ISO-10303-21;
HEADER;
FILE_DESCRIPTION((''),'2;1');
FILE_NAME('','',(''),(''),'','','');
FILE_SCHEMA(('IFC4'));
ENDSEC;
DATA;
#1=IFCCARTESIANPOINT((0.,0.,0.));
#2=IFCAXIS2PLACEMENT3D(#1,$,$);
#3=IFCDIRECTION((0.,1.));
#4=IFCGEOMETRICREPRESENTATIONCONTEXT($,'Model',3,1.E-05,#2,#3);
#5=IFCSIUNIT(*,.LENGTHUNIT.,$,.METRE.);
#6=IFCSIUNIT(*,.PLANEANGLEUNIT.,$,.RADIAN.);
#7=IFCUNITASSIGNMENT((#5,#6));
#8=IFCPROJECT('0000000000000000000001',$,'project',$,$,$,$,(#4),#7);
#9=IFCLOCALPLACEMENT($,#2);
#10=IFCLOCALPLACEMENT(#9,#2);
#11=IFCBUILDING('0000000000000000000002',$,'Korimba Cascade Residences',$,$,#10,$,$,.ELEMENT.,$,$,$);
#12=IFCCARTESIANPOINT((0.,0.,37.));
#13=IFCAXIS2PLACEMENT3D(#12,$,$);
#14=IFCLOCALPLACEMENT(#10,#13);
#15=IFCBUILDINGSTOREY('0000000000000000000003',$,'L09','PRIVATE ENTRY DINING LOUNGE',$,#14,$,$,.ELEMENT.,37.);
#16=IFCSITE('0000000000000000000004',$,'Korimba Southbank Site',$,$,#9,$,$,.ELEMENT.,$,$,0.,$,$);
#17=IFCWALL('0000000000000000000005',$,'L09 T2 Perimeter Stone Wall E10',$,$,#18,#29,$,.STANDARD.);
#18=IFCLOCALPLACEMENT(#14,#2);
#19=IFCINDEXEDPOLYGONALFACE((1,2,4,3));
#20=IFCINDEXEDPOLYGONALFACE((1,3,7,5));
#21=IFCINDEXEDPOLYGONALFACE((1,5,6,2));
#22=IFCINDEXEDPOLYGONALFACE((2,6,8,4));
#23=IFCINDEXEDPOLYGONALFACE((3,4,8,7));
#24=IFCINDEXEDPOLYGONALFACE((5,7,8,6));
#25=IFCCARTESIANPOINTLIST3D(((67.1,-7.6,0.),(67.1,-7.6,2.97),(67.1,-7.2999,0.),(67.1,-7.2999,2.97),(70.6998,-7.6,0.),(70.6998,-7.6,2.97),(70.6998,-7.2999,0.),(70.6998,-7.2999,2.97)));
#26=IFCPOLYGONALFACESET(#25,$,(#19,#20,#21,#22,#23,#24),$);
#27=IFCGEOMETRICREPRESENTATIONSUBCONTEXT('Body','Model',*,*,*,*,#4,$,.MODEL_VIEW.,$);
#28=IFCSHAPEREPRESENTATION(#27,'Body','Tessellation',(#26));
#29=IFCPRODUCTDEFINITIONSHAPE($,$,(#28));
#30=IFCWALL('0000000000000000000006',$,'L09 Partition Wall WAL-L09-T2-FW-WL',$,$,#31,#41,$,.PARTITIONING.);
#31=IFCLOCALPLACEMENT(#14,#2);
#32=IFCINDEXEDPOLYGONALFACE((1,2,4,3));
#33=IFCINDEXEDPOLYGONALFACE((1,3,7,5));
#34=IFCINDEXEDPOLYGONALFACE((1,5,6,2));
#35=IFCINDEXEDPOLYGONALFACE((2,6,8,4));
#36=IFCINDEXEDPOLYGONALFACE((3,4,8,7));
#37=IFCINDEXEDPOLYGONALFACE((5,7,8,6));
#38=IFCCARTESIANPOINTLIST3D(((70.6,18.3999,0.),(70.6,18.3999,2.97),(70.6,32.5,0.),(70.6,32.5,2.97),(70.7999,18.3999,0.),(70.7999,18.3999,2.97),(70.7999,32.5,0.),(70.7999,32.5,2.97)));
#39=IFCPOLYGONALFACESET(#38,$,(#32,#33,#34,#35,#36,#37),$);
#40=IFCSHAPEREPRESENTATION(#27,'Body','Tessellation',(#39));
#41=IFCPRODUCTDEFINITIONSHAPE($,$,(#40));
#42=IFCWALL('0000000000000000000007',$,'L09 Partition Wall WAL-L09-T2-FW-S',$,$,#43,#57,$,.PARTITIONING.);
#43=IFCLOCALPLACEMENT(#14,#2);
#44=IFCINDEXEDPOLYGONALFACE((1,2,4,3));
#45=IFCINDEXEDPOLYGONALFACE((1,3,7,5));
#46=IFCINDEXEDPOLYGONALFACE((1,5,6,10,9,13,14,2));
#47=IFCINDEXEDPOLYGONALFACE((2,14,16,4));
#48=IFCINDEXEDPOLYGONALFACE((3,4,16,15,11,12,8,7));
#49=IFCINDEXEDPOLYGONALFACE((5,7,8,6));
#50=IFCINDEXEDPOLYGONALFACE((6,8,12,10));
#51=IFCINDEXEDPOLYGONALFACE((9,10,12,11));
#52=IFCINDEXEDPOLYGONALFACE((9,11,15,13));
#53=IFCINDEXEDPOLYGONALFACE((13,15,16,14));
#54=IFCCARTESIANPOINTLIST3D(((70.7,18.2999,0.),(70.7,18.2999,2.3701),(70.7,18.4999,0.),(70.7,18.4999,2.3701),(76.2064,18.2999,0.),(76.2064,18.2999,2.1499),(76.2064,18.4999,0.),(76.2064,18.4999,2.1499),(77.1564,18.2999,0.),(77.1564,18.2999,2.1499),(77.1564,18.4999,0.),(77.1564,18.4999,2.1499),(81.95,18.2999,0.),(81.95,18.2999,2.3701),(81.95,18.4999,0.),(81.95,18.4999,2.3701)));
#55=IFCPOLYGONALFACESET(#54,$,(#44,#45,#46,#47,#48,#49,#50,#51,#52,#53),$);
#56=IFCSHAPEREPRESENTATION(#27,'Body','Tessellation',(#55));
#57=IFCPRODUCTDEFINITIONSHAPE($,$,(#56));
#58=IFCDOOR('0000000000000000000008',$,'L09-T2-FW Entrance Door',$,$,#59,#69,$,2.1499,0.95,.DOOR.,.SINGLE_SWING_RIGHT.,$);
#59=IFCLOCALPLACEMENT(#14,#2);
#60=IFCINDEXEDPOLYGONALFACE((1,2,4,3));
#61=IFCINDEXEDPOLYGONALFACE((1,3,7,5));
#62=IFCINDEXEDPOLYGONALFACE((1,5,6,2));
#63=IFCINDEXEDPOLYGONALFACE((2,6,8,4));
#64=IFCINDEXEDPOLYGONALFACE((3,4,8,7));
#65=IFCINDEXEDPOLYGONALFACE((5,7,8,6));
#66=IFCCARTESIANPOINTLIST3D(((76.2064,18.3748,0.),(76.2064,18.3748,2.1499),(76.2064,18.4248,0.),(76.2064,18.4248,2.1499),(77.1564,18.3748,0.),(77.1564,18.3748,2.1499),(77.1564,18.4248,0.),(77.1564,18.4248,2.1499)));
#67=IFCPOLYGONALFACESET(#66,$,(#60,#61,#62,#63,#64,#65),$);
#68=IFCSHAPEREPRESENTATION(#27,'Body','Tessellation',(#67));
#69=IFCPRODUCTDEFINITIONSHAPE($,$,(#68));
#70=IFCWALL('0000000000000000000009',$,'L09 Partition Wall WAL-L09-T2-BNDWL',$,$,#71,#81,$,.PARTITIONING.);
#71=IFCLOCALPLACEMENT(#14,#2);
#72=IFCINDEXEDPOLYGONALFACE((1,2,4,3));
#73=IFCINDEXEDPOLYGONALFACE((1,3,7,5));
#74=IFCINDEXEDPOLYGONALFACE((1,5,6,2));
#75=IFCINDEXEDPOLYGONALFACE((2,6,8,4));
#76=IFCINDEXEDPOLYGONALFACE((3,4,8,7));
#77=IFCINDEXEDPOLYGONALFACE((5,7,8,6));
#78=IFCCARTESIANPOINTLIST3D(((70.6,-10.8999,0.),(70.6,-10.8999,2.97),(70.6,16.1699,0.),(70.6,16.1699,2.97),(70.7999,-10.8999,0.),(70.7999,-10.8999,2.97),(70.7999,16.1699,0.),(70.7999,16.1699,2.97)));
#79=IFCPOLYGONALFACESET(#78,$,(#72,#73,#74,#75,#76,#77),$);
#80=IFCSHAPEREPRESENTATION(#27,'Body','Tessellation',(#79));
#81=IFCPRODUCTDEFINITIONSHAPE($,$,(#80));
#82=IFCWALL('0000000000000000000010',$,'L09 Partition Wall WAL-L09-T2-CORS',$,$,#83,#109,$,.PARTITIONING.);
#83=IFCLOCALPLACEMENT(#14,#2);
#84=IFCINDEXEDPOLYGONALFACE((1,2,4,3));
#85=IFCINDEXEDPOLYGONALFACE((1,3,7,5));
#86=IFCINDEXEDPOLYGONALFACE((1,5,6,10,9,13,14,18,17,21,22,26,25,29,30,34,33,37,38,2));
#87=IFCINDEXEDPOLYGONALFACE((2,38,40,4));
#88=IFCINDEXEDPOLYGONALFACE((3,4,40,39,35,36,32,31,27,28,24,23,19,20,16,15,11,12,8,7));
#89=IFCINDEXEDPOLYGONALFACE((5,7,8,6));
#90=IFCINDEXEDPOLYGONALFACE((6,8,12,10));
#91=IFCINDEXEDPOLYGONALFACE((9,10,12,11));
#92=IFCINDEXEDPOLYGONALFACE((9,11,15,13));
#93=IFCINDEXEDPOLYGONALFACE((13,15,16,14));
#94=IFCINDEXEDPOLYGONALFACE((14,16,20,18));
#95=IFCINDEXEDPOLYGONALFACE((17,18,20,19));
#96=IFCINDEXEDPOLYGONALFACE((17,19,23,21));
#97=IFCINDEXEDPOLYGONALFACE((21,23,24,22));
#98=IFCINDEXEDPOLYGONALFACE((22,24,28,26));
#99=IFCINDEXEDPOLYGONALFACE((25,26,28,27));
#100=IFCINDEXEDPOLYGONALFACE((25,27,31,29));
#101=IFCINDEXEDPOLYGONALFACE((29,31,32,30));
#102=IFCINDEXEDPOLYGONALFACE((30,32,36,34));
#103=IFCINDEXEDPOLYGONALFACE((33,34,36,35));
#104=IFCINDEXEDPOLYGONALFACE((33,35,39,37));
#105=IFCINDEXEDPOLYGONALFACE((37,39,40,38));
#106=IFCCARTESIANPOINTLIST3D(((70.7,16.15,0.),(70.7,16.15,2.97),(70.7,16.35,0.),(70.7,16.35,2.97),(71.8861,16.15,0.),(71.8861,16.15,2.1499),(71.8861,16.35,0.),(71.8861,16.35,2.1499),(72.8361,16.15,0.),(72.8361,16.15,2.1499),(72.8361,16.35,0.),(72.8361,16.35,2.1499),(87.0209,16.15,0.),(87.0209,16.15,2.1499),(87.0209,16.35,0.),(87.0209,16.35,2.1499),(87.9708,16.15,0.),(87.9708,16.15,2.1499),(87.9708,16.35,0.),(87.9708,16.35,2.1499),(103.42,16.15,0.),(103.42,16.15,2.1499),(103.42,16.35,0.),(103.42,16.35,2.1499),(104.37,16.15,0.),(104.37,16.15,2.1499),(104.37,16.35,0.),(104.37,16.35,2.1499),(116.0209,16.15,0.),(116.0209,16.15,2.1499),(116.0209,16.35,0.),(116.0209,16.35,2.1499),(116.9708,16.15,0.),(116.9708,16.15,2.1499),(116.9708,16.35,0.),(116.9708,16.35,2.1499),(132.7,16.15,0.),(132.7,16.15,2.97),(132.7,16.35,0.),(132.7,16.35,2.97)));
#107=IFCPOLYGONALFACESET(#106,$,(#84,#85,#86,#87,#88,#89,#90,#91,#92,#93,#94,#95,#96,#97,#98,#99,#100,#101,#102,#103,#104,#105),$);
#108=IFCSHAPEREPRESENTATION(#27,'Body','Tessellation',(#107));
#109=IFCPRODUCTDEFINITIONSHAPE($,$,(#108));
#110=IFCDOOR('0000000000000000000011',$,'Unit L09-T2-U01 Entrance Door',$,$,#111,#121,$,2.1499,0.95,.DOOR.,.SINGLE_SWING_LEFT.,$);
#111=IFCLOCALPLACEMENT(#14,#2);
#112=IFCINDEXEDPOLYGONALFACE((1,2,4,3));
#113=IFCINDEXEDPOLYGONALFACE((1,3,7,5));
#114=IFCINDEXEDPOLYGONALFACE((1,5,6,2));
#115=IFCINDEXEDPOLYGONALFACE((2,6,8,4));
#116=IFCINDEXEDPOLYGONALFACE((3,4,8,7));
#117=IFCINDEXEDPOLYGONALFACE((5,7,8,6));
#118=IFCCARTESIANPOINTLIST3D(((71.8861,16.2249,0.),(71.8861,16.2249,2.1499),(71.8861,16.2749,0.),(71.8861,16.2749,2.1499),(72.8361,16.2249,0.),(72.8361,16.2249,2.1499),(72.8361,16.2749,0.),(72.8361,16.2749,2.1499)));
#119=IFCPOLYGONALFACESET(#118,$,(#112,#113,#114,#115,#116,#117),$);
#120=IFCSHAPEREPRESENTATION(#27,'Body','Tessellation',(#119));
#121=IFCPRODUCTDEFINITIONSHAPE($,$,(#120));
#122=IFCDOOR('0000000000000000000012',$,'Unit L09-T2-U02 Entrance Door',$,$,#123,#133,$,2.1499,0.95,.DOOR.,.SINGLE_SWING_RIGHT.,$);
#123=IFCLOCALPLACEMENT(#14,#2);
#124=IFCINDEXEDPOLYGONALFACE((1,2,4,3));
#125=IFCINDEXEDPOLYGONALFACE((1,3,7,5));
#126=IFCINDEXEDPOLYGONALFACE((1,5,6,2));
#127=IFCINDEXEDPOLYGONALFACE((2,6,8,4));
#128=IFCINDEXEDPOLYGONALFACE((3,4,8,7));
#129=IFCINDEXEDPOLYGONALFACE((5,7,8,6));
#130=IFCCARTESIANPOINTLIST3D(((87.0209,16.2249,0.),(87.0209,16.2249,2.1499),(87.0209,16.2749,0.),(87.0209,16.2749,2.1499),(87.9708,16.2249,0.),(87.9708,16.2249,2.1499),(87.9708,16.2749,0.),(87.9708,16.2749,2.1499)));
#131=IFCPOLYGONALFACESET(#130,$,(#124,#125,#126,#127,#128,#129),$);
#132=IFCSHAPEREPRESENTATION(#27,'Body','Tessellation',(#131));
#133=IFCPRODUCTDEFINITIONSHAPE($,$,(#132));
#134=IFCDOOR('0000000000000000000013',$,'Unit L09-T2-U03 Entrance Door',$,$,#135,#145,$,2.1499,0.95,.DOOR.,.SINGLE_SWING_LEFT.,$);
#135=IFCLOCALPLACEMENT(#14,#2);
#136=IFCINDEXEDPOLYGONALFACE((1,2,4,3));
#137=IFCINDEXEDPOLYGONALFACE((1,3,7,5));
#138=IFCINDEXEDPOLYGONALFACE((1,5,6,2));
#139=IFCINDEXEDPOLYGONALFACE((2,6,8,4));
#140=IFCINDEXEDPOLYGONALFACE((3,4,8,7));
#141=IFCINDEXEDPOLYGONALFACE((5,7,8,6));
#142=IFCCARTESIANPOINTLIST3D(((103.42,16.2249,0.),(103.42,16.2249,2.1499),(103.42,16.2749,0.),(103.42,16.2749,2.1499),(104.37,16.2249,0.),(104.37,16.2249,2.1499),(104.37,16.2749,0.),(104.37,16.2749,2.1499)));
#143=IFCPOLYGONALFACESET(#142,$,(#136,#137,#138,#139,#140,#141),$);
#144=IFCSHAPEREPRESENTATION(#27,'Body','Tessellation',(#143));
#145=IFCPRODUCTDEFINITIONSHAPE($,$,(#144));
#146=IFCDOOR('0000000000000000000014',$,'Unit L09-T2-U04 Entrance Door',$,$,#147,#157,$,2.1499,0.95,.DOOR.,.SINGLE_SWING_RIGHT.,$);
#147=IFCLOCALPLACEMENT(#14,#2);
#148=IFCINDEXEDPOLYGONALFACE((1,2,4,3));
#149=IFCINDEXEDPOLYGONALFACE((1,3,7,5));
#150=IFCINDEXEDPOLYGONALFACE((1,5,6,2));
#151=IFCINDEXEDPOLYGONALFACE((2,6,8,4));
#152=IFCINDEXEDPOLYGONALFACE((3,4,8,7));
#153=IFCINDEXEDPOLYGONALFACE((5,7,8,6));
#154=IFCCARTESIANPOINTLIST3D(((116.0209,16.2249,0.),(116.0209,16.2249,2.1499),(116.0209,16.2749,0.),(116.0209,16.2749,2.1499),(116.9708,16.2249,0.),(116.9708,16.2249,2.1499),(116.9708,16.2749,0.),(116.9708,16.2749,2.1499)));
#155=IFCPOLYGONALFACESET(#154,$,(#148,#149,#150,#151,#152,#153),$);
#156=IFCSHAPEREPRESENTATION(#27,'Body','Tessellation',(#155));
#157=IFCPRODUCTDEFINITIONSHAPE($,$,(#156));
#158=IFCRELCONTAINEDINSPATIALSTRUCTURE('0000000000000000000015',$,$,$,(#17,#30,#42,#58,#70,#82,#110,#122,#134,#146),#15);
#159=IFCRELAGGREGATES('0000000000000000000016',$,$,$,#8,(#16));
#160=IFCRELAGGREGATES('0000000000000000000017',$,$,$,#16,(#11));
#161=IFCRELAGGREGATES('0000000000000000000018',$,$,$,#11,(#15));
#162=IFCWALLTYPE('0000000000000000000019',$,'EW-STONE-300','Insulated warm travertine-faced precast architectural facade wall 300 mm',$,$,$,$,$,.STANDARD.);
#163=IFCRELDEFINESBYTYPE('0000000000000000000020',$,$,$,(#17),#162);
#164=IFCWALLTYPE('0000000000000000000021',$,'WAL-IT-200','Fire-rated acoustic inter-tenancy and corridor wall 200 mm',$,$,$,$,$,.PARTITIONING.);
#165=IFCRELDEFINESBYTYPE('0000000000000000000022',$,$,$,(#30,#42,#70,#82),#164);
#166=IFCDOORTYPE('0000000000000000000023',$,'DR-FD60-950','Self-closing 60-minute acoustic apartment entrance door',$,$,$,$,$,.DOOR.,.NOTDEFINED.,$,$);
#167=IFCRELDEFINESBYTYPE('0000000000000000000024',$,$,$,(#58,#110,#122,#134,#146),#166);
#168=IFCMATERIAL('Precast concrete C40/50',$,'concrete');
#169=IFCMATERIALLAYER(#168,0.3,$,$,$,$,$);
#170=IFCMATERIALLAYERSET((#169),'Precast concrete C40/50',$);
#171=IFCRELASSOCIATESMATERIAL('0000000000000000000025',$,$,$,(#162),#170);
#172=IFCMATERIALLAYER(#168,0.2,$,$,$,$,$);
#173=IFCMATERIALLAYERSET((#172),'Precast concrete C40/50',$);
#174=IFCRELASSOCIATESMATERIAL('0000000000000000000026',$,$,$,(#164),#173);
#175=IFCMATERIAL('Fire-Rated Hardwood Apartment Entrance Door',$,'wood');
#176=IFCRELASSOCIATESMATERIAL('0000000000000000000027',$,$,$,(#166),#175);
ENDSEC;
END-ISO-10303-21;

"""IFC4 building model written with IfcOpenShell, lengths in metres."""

from ifc_helpers import new_model, si_unit, direction, frame, frame_2d, origin, place, context, subcontext, project, spatial, rectangle, extrude, material, layer, layer_set, type_object, element, fill, save


model = new_model("IFC4")

# Units and contexts
model_context = context("Model", 3, precision=1e-05, world=origin(), true_north=direction((0.0, 1.0)))
body_context = subcontext(model_context, "Body", "Model", "MODEL_VIEW")
ifc_project = project(units=[si_unit("LENGTHUNIT", "METRE"), si_unit("PLANEANGLEUNIT", "RADIAN")], contexts=[model_context])

# Site, building, storey
site_placement = place(None, origin())
site = spatial("IfcSite", under=ifc_project, at=site_placement, Name="Korimba Southbank Site", CompositionType="ELEMENT", RefElevation=0.0)
building_placement = place(site_placement, origin())
building = spatial("IfcBuilding", under=site, at=building_placement, Name="Korimba Cascade Residences", CompositionType="ELEMENT")
storey_placement = place(building_placement, frame((0.0, 0.0, 37.0)))
storey = spatial("IfcBuildingStorey", under=building, at=storey_placement, Name="L09", Description="PRIVATE ENTRY DINING LOUNGE", CompositionType="ELEMENT", Elevation=37.0)

# Shared definitions
ifc_material_1 = material(Name="Precast concrete C40/50", Category="concrete")

# Walls
ifc_layer_1 = layer(ifc_material_1, 0.3)
ifc_layer_set_1 = layer_set([ifc_layer_1], Name="Precast concrete C40/50")
wall_type_1 = type_object("IfcWallType", Name="EW-STONE-300", Description="Insulated warm travertine-faced precast architectural facade wall 300 mm", PredefinedType="STANDARD", material=ifc_layer_set_1)
wall_1_placement = place(storey_placement, frame((67.1001, -7.45, 0.0), z_axis=(0.0, 0.0, 1.0), x_axis=(1.0, 0.0, 0.0)))
element("IfcWall", 1, at=wall_1_placement, inside=storey, type_object=wall_type_1, Name="L09 T2 Perimeter Stone Wall E10", PredefinedType="STANDARD", context=body_context, shape_type="SweptSolid", body=[
    extrude(rectangle(XDim=3.5999, YDim=0.3, at=frame_2d((1.7998, 0.0))), origin(), (0.0, 0.0, 1.0), 2.97),
])
ifc_layer_2 = layer(ifc_material_1, 0.2)
ifc_layer_set_2 = layer_set([ifc_layer_2], Name="Precast concrete C40/50")
wall_type_2 = type_object("IfcWallType", Name="WAL-IT-200", Description="Fire-rated acoustic inter-tenancy and corridor wall 200 mm", PredefinedType="PARTITIONING", material=ifc_layer_set_2)
wall_2_placement = place(storey_placement, frame((70.7, 18.3999, 0.0), z_axis=(0.0, 0.0, 1.0), x_axis=(0.0, 1.0, 0.0)))
element("IfcWall", 2, at=wall_2_placement, inside=storey, type_object=wall_type_2, Name="L09 Partition Wall WAL-L09-T2-FW-WL", PredefinedType="PARTITIONING", context=body_context, shape_type="SweptSolid", body=[
    extrude(rectangle(XDim=14.1001, YDim=0.2, at=frame_2d((7.05, 0.0))), origin(), (0.0, 0.0, 1.0), 2.97),
])

# Wall, opening, door
wall_3_placement = place(storey_placement, frame((70.7, 18.3999, 0.0), z_axis=(0.0, 0.0, 1.0), x_axis=(1.0, 0.0, 0.0)))
wall_3 = element("IfcWall", 3, at=wall_3_placement, inside=storey, type_object=wall_type_2, Name="L09 Partition Wall WAL-L09-T2-FW-S", PredefinedType="PARTITIONING", context=body_context, shape_type="SweptSolid", body=[
    extrude(rectangle(XDim=11.25, YDim=0.2, at=frame_2d((5.625, 0.0))), origin(), (0.0, 0.0, 1.0), 2.3701),
])
opening_1_placement = place(wall_3_placement, frame((5.5063, 0.0, 0.0)))
opening_1 = element("IfcOpeningElement", 4, at=opening_1_placement, cuts=wall_3, PredefinedType="OPENING", context=body_context, shape_type="SweptSolid", body=[
    extrude(rectangle(XDim=0.95, YDim=2.1499, at=frame_2d((0.4751, 1.075))), frame((0.0, 0.1099, 0.0), z_axis=(0.0, -1.0, 0.0), x_axis=(1.0, 0.0, 0.0)), (0.0, 0.0, 1.0), 0.22),
])
ifc_material_2 = material(Name="Fire-Rated Hardwood Apartment Entrance Door", Category="wood")
door_type_1 = type_object("IfcDoorType", Name="DR-FD60-950", Description="Self-closing 60-minute acoustic apartment entrance door", OperationType="NOTDEFINED", PredefinedType="DOOR", material=ifc_material_2)
door_1_placement = place(opening_1_placement, origin())
door_1 = element("IfcDoor", 5, at=door_1_placement, inside=storey, type_object=door_type_1, Name="L09-T2-FW Entrance Door", OperationType="SINGLE_SWING_RIGHT", OverallHeight=2.1499, OverallWidth=0.95, PredefinedType="DOOR", context=body_context, shape_type="SweptSolid", body=[
    extrude(rectangle(XDim=0.95, YDim=2.1499, at=frame_2d((0.4751, 1.075))), frame((0.0, 0.0249, 0.0), z_axis=(0.0, -1.0, 0.0), x_axis=(1.0, 0.0, 0.0)), (0.0, 0.0, 1.0), 0.05),
])
fill(opening_1, door_1)

# Wall
wall_4_placement = place(storey_placement, frame((70.7, -10.8999, 0.0), z_axis=(0.0, 0.0, 1.0), x_axis=(0.0, 1.0, 0.0)))
element("IfcWall", 6, at=wall_4_placement, inside=storey, type_object=wall_type_2, Name="L09 Partition Wall WAL-L09-T2-BNDWL", PredefinedType="PARTITIONING", context=body_context, shape_type="SweptSolid", body=[
    extrude(rectangle(XDim=27.0698, YDim=0.2, at=frame_2d((13.5349, 0.0))), origin(), (0.0, 0.0, 1.0), 2.97),
])

# Wall, openings, doors
wall_5_placement = place(storey_placement, frame((70.7, 16.25, 0.0), z_axis=(0.0, 0.0, 1.0), x_axis=(1.0, 0.0, 0.0)))
wall_5 = element("IfcWall", 7, at=wall_5_placement, inside=storey, type_object=wall_type_2, Name="L09 Partition Wall WAL-L09-T2-CORS", PredefinedType="PARTITIONING", context=body_context, shape_type="SweptSolid", body=[
    extrude(rectangle(XDim=62.0, YDim=0.2, at=frame_2d((31.0, 0.0))), origin(), (0.0, 0.0, 1.0), 2.97),
])
opening_2_placement = place(wall_5_placement, frame((1.186, 0.0, 0.0)))
opening_2 = element("IfcOpeningElement", 8, at=opening_2_placement, cuts=wall_5, PredefinedType="OPENING", context=body_context, shape_type="SweptSolid", body=[
    extrude(rectangle(XDim=0.95, YDim=2.1499, at=frame_2d((0.4751, 1.075))), frame((0.0, 0.1099, 0.0), z_axis=(0.0, -1.0, 0.0), x_axis=(1.0, 0.0, 0.0)), (0.0, 0.0, 1.0), 0.22),
])
opening_3_placement = place(wall_5_placement, frame((16.3208, 0.0, 0.0)))
opening_3 = element("IfcOpeningElement", 9, at=opening_3_placement, cuts=wall_5, PredefinedType="OPENING", context=body_context, shape_type="SweptSolid", body=[
    extrude(rectangle(XDim=0.95, YDim=2.1499, at=frame_2d((0.4751, 1.075))), frame((0.0, 0.1099, 0.0), z_axis=(0.0, -1.0, 0.0), x_axis=(1.0, 0.0, 0.0)), (0.0, 0.0, 1.0), 0.22),
])
opening_4_placement = place(wall_5_placement, frame((32.72, 0.0, 0.0)))
opening_4 = element("IfcOpeningElement", 10, at=opening_4_placement, cuts=wall_5, PredefinedType="OPENING", context=body_context, shape_type="SweptSolid", body=[
    extrude(rectangle(XDim=0.95, YDim=2.1499, at=frame_2d((0.4751, 1.075))), frame((0.0, 0.1099, 0.0), z_axis=(0.0, -1.0, 0.0), x_axis=(1.0, 0.0, 0.0)), (0.0, 0.0, 1.0), 0.22),
])
opening_5_placement = place(wall_5_placement, frame((45.3208, 0.0, 0.0)))
opening_5 = element("IfcOpeningElement", 11, at=opening_5_placement, cuts=wall_5, PredefinedType="OPENING", context=body_context, shape_type="SweptSolid", body=[
    extrude(rectangle(XDim=0.95, YDim=2.1499, at=frame_2d((0.4751, 1.075))), frame((0.0, 0.1099, 0.0), z_axis=(0.0, -1.0, 0.0), x_axis=(1.0, 0.0, 0.0)), (0.0, 0.0, 1.0), 0.22),
])
door_2_placement = place(opening_2_placement, origin())
door_2 = element("IfcDoor", 12, at=door_2_placement, inside=storey, type_object=door_type_1, Name="Unit L09-T2-U01 Entrance Door", OperationType="SINGLE_SWING_LEFT", OverallHeight=2.1499, OverallWidth=0.95, PredefinedType="DOOR", context=body_context, shape_type="SweptSolid", body=[
    extrude(rectangle(XDim=0.95, YDim=2.1499, at=frame_2d((0.4751, 1.075))), frame((0.0, 0.0249, 0.0), z_axis=(0.0, -1.0, 0.0), x_axis=(1.0, 0.0, 0.0)), (0.0, 0.0, 1.0), 0.05),
])
fill(opening_2, door_2)
door_3_placement = place(opening_3_placement, origin())
door_3 = element("IfcDoor", 13, at=door_3_placement, inside=storey, type_object=door_type_1, Name="Unit L09-T2-U02 Entrance Door", OperationType="SINGLE_SWING_RIGHT", OverallHeight=2.1499, OverallWidth=0.95, PredefinedType="DOOR", context=body_context, shape_type="SweptSolid", body=[
    extrude(rectangle(XDim=0.95, YDim=2.1499, at=frame_2d((0.4751, 1.075))), frame((0.0, 0.0249, 0.0), z_axis=(0.0, -1.0, 0.0), x_axis=(1.0, 0.0, 0.0)), (0.0, 0.0, 1.0), 0.05),
])
fill(opening_3, door_3)
door_4_placement = place(opening_4_placement, origin())
door_4 = element("IfcDoor", 14, at=door_4_placement, inside=storey, type_object=door_type_1, Name="Unit L09-T2-U03 Entrance Door", OperationType="SINGLE_SWING_LEFT", OverallHeight=2.1499, OverallWidth=0.95, PredefinedType="DOOR", context=body_context, shape_type="SweptSolid", body=[
    extrude(rectangle(XDim=0.95, YDim=2.1499, at=frame_2d((0.4751, 1.075))), frame((0.0, 0.0249, 0.0), z_axis=(0.0, -1.0, 0.0), x_axis=(1.0, 0.0, 0.0)), (0.0, 0.0, 1.0), 0.05),
])
fill(opening_4, door_4)
door_5_placement = place(opening_5_placement, origin())
door_5 = element("IfcDoor", 15, at=door_5_placement, inside=storey, type_object=door_type_1, Name="Unit L09-T2-U04 Entrance Door", OperationType="SINGLE_SWING_RIGHT", OverallHeight=2.1499, OverallWidth=0.95, PredefinedType="DOOR", context=body_context, shape_type="SweptSolid", body=[
    extrude(rectangle(XDim=0.95, YDim=2.1499, at=frame_2d((0.4751, 1.075))), frame((0.0, 0.0249, 0.0), z_axis=(0.0, -1.0, 0.0), x_axis=(1.0, 0.0, 0.0)), (0.0, 0.0, 1.0), 0.05),
])
fill(opening_5, door_5)

save(model, "model.ifc")
